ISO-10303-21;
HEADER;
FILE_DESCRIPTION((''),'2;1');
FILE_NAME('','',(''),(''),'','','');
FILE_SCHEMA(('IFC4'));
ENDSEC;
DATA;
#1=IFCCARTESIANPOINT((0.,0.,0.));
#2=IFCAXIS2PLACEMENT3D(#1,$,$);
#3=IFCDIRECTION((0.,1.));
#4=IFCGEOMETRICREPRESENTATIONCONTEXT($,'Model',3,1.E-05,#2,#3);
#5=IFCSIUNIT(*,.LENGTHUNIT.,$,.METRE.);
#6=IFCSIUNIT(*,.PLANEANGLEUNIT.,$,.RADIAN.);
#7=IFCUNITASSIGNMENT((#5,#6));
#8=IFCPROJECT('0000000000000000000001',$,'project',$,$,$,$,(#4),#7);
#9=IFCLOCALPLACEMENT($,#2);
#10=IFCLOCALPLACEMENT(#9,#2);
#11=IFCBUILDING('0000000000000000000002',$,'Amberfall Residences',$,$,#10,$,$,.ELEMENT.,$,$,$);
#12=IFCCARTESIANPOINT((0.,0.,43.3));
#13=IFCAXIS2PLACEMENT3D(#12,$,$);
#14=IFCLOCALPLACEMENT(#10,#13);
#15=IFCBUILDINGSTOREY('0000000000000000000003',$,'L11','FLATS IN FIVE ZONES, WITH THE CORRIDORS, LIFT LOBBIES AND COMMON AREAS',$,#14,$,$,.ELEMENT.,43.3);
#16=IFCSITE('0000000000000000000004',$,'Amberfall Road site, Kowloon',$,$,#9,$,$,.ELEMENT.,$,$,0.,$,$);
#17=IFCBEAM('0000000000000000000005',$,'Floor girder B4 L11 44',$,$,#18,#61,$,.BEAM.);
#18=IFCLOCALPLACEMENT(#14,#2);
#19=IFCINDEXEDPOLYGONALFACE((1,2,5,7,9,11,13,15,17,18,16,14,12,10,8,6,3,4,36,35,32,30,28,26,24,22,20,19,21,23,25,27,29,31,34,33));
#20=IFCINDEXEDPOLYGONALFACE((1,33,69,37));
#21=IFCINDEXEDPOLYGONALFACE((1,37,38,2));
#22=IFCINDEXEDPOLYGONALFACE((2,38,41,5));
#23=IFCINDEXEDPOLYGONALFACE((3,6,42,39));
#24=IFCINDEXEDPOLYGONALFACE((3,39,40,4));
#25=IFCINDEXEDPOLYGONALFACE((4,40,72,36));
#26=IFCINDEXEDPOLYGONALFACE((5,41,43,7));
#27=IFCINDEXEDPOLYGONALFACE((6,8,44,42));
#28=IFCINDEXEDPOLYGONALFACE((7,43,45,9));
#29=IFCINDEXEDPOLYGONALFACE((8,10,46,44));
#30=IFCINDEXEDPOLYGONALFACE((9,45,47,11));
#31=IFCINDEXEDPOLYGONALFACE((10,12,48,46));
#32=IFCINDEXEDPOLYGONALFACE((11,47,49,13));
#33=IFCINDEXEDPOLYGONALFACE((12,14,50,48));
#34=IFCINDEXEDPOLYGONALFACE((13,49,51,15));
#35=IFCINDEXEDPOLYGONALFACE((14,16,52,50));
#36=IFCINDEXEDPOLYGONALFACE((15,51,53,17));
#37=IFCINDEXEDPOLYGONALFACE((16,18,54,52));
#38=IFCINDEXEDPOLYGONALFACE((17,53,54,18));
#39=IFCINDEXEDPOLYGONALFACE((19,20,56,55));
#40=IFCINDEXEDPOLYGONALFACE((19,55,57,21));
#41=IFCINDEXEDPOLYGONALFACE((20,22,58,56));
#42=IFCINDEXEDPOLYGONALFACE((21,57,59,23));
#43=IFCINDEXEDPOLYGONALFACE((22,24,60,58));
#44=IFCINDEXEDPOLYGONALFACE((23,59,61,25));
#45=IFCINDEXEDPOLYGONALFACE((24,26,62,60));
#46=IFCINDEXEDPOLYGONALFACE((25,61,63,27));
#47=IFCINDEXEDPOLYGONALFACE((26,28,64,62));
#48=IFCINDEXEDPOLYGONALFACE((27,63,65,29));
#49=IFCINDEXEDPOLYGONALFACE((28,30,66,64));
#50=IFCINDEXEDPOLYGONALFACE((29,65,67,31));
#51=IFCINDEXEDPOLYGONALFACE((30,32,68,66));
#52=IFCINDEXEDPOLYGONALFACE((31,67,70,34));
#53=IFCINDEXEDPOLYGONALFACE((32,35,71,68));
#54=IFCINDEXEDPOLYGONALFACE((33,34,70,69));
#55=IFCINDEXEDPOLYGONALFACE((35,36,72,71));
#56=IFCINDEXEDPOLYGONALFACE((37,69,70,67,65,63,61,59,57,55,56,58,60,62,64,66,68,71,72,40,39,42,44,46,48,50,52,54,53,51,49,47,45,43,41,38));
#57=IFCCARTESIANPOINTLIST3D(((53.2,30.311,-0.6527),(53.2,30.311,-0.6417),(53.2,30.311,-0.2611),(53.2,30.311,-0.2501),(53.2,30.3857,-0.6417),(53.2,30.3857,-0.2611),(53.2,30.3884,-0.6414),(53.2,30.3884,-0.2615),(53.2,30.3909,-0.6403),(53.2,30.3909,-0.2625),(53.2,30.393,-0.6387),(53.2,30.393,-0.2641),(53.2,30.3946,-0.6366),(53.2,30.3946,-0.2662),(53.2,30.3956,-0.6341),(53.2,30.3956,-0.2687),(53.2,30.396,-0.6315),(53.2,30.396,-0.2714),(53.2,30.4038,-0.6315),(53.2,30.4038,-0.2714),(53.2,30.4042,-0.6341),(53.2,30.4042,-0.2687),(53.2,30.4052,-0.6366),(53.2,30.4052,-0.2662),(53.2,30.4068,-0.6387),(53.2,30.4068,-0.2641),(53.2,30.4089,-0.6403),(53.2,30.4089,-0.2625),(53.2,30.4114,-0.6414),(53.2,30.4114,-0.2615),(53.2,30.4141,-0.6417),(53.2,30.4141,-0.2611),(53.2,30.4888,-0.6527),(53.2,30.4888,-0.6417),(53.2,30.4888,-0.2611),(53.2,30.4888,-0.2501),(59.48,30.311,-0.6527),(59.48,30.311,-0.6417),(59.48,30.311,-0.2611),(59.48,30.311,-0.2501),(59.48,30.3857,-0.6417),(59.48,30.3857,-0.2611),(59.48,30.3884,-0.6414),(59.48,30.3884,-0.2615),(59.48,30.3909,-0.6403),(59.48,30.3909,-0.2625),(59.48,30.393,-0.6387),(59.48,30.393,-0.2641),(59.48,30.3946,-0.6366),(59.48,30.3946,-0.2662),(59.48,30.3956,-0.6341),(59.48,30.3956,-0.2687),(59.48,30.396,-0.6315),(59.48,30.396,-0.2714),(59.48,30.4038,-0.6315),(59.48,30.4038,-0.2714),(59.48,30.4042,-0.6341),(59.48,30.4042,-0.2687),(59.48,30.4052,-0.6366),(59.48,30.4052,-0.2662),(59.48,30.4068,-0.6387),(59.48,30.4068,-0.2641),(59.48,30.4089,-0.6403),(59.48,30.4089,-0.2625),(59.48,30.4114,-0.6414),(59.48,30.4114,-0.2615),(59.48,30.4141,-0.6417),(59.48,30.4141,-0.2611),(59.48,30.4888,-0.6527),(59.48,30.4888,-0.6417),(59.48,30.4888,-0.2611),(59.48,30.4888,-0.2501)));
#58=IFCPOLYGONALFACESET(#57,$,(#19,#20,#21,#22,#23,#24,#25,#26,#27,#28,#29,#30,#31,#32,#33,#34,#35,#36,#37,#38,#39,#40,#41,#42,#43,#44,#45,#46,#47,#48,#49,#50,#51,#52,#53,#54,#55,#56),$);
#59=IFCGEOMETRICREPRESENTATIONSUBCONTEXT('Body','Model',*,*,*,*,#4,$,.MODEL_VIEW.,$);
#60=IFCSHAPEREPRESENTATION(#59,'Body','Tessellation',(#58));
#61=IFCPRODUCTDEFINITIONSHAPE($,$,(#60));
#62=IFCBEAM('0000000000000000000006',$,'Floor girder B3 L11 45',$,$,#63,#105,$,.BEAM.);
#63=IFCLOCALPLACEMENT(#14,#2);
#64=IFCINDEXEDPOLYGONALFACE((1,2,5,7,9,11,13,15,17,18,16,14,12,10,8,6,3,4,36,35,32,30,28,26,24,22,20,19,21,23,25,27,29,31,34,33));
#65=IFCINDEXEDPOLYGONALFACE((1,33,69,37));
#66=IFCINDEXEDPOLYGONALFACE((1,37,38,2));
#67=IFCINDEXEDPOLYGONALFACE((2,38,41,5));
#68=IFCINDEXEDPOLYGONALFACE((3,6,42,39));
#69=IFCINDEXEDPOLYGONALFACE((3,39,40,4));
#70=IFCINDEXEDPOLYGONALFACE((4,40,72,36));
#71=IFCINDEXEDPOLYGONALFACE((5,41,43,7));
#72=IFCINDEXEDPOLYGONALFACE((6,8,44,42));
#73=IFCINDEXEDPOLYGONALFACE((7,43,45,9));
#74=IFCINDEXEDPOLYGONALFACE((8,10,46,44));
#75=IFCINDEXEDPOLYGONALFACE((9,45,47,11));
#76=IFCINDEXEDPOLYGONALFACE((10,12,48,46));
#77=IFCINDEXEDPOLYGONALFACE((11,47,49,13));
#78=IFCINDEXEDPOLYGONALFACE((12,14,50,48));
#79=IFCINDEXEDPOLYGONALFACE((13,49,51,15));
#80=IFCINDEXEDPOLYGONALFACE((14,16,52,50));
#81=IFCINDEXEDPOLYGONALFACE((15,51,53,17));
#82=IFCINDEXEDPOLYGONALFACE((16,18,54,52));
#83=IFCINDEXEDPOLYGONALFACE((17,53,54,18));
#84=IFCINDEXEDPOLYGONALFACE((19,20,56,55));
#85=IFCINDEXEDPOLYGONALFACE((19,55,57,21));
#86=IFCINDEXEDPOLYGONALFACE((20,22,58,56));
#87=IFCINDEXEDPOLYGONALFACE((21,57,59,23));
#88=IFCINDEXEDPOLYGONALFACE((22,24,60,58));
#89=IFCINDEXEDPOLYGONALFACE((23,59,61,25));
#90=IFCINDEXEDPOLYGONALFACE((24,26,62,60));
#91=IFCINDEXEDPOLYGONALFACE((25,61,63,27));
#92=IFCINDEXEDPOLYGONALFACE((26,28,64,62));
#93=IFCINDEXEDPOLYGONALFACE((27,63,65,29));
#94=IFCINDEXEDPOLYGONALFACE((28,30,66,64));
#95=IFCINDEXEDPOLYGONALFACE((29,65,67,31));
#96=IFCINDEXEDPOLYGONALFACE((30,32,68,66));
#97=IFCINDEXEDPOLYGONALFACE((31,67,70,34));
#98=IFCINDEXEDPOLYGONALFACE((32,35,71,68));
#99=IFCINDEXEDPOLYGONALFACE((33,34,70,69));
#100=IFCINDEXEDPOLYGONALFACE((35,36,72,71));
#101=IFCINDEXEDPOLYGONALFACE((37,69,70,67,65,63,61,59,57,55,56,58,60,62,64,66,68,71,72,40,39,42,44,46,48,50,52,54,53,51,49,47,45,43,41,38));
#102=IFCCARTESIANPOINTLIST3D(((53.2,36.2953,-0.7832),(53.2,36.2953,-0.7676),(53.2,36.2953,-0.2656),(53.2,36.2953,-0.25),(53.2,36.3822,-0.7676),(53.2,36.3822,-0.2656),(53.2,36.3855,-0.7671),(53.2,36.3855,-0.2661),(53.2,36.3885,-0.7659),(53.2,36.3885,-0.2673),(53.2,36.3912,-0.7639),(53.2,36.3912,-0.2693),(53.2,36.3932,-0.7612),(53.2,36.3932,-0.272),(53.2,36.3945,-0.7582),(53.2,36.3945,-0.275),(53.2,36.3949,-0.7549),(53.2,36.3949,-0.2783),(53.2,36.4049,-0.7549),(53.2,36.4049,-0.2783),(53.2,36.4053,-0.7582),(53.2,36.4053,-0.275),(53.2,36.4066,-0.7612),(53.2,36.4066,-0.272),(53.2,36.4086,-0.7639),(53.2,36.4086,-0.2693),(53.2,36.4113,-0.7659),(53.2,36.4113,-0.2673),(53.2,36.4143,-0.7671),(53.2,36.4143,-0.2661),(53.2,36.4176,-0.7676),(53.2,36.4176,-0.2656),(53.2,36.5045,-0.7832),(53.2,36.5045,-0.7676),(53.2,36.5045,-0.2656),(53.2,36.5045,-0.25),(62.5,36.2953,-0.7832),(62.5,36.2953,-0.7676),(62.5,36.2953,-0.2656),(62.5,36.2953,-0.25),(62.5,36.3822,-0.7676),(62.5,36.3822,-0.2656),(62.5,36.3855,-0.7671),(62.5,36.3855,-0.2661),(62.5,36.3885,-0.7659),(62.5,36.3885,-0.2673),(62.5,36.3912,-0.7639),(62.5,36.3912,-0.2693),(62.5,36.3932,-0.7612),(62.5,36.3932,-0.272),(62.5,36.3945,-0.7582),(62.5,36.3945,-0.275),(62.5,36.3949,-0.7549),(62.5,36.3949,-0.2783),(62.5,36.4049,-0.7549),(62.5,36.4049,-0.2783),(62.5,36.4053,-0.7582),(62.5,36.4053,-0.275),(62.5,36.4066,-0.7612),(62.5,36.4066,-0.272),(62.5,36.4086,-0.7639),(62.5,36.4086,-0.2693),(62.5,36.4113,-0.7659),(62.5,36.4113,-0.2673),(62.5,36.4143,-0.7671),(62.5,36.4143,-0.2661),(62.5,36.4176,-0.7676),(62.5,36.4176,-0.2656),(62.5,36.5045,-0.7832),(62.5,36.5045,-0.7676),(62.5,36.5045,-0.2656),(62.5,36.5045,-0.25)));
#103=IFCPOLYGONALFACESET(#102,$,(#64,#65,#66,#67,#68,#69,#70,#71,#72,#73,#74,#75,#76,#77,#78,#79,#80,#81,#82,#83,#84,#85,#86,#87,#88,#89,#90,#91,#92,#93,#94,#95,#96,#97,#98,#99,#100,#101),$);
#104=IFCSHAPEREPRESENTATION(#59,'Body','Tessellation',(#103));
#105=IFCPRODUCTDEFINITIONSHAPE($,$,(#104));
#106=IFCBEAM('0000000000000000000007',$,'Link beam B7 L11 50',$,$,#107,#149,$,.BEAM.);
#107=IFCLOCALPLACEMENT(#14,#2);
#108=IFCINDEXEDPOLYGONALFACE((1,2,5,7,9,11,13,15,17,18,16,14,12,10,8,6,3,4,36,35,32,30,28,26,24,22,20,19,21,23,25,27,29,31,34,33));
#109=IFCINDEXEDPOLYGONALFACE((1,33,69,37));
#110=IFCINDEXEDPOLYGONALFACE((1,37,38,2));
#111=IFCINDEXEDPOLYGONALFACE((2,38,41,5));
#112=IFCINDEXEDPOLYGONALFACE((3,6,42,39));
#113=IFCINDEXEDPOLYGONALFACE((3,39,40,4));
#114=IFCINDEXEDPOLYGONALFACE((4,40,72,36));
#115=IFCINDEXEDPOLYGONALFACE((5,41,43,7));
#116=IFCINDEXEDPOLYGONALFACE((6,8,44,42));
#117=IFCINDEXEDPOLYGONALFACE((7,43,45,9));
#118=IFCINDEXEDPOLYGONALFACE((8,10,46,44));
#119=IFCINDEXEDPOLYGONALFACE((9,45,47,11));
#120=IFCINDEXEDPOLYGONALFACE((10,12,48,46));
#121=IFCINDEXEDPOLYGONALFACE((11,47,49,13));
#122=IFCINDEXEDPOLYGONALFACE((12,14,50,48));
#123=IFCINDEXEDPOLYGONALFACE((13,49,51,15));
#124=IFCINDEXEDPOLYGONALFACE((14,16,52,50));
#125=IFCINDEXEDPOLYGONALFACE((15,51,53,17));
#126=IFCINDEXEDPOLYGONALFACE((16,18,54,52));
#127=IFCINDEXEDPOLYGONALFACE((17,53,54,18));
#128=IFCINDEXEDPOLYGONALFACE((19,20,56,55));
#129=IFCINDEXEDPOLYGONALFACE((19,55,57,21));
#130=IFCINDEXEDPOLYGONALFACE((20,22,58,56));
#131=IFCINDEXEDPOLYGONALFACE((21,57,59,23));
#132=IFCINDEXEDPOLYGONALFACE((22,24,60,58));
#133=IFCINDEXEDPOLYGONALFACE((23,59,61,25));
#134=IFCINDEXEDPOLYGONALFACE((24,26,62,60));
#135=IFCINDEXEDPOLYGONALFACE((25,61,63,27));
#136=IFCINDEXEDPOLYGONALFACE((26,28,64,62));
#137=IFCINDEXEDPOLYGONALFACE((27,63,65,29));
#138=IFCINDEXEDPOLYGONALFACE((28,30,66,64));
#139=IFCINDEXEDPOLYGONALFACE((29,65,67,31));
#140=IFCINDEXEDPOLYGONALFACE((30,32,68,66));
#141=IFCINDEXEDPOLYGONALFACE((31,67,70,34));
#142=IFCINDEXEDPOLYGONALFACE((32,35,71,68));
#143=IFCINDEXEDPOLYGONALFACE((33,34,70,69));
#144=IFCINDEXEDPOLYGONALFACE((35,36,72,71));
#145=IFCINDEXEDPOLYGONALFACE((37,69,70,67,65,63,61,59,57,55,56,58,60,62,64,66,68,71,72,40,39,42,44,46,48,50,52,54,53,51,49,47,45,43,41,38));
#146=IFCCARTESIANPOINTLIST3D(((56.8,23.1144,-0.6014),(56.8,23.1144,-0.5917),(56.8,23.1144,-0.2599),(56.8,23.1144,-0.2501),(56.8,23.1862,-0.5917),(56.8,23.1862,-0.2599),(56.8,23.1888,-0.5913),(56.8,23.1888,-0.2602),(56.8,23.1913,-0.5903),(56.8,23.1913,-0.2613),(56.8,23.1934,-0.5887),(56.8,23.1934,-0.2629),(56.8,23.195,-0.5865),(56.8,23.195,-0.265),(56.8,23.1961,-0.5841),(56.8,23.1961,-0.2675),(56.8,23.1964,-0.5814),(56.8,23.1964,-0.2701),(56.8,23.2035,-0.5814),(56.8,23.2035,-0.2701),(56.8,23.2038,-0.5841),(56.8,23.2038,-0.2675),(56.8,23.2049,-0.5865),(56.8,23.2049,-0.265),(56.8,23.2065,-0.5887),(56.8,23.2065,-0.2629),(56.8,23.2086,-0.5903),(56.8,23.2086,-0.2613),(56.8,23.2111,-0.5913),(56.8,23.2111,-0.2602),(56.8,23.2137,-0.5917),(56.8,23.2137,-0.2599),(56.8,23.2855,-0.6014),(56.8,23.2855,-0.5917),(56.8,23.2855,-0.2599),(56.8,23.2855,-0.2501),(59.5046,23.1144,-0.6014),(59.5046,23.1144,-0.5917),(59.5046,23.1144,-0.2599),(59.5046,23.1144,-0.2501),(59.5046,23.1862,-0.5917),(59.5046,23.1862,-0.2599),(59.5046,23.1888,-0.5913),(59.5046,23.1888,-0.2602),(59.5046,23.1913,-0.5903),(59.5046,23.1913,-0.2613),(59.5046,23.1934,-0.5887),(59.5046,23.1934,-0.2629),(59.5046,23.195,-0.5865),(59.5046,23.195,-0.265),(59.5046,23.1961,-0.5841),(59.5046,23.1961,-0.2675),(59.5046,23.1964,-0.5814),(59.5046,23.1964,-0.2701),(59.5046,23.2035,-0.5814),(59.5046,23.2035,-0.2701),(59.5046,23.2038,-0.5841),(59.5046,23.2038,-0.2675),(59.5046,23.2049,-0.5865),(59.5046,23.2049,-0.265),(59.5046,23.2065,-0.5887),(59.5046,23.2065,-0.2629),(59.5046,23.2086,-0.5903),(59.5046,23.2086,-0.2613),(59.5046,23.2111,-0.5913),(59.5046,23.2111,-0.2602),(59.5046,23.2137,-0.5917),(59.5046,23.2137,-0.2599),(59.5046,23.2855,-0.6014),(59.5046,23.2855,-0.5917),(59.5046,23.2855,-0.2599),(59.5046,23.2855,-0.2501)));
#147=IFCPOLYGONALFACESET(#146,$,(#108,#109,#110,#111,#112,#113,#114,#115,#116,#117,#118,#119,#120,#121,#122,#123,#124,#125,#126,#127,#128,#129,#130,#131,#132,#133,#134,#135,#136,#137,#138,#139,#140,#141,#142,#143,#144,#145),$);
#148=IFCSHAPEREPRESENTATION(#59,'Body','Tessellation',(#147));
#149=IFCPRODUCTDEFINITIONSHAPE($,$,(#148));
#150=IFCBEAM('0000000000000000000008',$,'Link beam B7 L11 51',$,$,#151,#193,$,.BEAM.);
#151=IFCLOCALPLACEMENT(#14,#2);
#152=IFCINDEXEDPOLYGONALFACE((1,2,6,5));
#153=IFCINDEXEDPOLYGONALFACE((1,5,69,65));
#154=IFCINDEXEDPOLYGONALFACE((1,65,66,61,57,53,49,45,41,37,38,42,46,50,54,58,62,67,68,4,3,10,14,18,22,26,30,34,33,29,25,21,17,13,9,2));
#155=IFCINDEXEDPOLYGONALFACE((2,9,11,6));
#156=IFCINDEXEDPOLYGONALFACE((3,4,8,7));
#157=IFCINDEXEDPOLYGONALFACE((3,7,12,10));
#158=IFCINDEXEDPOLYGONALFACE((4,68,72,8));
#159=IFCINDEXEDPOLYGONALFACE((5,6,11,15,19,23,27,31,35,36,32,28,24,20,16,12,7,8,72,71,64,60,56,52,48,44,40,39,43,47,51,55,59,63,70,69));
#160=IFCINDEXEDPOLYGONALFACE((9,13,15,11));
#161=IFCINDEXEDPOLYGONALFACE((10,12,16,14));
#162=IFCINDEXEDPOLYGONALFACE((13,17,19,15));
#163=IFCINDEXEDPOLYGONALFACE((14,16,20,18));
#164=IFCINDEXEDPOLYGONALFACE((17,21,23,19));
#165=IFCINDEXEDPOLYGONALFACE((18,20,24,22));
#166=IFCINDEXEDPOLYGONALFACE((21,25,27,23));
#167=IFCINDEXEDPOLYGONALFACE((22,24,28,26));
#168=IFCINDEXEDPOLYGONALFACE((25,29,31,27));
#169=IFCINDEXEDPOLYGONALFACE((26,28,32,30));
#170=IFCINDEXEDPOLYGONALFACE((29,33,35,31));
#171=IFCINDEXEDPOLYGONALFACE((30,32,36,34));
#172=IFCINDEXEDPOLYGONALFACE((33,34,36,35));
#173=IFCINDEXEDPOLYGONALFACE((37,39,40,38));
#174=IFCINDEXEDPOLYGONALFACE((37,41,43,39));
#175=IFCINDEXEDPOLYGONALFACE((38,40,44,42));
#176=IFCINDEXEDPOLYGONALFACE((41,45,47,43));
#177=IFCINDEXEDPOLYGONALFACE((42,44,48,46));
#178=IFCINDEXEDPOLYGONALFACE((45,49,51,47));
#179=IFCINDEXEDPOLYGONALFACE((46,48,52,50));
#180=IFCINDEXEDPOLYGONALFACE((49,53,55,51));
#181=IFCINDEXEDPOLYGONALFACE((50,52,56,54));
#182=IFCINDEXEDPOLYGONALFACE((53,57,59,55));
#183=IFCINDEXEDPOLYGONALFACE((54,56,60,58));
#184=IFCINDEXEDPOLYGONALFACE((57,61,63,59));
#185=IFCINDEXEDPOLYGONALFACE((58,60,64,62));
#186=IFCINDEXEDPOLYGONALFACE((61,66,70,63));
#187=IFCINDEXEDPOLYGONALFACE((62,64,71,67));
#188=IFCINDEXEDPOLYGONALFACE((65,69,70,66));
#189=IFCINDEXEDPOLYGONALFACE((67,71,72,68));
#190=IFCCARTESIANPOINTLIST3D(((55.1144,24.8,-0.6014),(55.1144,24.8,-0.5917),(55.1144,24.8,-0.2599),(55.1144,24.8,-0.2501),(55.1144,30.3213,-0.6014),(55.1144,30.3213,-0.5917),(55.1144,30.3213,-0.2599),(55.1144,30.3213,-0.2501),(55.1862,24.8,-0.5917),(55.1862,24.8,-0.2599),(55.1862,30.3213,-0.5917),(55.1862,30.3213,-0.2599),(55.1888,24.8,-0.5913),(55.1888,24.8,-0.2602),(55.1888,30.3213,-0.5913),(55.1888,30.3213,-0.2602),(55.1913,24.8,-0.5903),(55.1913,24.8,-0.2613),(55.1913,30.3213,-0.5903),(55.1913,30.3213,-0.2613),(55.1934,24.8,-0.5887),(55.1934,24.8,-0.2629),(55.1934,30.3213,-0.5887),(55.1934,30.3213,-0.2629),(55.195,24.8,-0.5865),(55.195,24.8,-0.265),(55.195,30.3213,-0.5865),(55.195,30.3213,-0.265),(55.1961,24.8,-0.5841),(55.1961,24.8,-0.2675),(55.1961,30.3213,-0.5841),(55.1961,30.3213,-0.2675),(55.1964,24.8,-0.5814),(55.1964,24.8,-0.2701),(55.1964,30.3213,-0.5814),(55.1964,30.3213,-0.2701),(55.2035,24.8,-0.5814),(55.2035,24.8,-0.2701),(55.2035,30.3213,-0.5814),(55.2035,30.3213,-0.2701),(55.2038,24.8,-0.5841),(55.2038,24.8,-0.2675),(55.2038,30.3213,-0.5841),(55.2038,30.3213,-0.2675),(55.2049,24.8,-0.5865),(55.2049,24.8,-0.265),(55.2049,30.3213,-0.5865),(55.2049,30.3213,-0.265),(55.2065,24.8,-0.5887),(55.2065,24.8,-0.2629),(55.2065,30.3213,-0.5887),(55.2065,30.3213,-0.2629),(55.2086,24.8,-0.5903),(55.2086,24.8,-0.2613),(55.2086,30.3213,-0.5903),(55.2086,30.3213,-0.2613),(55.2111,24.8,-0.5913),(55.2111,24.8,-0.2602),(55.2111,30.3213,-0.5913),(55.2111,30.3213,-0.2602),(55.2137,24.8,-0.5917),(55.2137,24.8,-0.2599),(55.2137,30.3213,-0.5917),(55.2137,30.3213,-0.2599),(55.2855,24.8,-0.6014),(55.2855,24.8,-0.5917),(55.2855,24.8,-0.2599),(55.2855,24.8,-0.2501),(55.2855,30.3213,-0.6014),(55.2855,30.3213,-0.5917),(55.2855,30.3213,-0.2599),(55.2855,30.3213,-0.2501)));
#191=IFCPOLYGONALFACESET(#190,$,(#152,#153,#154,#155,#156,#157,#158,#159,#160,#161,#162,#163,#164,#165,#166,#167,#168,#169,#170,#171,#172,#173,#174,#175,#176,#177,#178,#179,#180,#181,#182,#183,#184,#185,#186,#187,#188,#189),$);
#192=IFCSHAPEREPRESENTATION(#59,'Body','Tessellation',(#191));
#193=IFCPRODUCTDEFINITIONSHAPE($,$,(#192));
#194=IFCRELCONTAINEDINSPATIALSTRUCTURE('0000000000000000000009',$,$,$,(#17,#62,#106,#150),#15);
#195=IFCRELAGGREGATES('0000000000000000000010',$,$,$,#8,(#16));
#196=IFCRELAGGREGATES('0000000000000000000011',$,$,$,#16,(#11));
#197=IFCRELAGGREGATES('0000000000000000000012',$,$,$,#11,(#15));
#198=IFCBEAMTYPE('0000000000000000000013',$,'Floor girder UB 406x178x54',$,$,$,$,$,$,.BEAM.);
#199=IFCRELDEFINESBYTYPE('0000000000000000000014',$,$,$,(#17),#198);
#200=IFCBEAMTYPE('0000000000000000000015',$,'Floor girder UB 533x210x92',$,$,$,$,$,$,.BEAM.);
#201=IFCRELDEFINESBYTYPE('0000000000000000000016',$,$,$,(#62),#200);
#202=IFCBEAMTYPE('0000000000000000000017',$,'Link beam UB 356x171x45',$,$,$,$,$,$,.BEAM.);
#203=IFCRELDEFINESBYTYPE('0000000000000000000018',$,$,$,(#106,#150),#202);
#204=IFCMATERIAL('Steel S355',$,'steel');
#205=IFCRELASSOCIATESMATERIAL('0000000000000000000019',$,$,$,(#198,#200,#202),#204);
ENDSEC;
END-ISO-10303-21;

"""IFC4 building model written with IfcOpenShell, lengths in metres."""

from ifc_helpers import new_model, si_unit, direction, frame, origin, origin_2d, place, context, subcontext, project, spatial, i_section, extrude, material, material_profile, profile_set, type_object, element, save


model = new_model("IFC4")

# Units and contexts
model_context = context("Model", 3, precision=1e-05, world=origin(), true_north=direction((0.0, 1.0)))
body_context = subcontext(model_context, "Body", "Model", "MODEL_VIEW")
ifc_project = project(units=[si_unit("LENGTHUNIT", "METRE"), si_unit("PLANEANGLEUNIT", "RADIAN")], contexts=[model_context])

# Site, building, storey
site_placement = place(None, origin())
site = spatial("IfcSite", under=ifc_project, at=site_placement, Name="Amberfall Road site, Kowloon", CompositionType="ELEMENT", RefElevation=0.0)
building_placement = place(site_placement, origin())
building = spatial("IfcBuilding", under=site, at=building_placement, Name="Amberfall Residences", CompositionType="ELEMENT")
storey_placement = place(building_placement, frame((0.0, 0.0, 43.3)))
storey = spatial("IfcBuildingStorey", under=building, at=storey_placement, Name="L11", Description="FLATS IN FIVE ZONES, WITH THE CORRIDORS, LIFT LOBBIES AND COMMON AREAS", CompositionType="ELEMENT", Elevation=43.3)

# Beams
ifc_material_1 = material(Name="Steel S355", Category="steel")
ifc_material_profile_1 = material_profile(ifc_material_1, i_section(OverallWidth=0.1777, OverallDepth=0.4026, WebThickness=0.0078, FlangeThickness=0.011, FilletRadius=0.0103, at=origin_2d()), Name="UB 406x178x54")
ifc_profile_set_1 = profile_set([ifc_material_profile_1], Name="Steel S355")
beam_type_1 = type_object("IfcBeamType", Name="Floor girder UB 406x178x54", PredefinedType="BEAM", material=ifc_profile_set_1)
beam_1_placement = place(storey_placement, frame((53.2, 30.3999, -0.4514), z_axis=(1.0, 0.0, 0.0), x_axis=(0.0, 1.0, 0.0)))
element("IfcBeam", 1, at=beam_1_placement, inside=storey, type_object=beam_type_1, Name="Floor girder B4 L11 44", PredefinedType="BEAM", context=body_context, shape_type="SweptSolid", body=[
    extrude(i_section(OverallWidth=0.1777, OverallDepth=0.4026, WebThickness=0.0078, FlangeThickness=0.011, FilletRadius=0.0103, at=origin_2d()), origin(), (0.0, 0.0, 1.0), 6.28),
])
ifc_material_profile_2 = material_profile(ifc_material_1, i_section(OverallWidth=0.2092, OverallDepth=0.5332, WebThickness=0.01, FlangeThickness=0.0156, FilletRadius=0.0127, at=origin_2d()), Name="UB 533x210x92")
ifc_profile_set_2 = profile_set([ifc_material_profile_2], Name="Steel S355")
beam_type_2 = type_object("IfcBeamType", Name="Floor girder UB 533x210x92", PredefinedType="BEAM", material=ifc_profile_set_2)
beam_2_placement = place(storey_placement, frame((53.2, 36.3999, -0.5166), z_axis=(1.0, 0.0, 0.0), x_axis=(0.0, 1.0, 0.0)))
element("IfcBeam", 2, at=beam_2_placement, inside=storey, type_object=beam_type_2, Name="Floor girder B3 L11 45", PredefinedType="BEAM", context=body_context, shape_type="SweptSolid", body=[
    extrude(i_section(OverallWidth=0.2092, OverallDepth=0.5332, WebThickness=0.01, FlangeThickness=0.0156, FilletRadius=0.0127, at=origin_2d()), origin(), (0.0, 0.0, 1.0), 9.3),
])
ifc_material_profile_3 = material_profile(ifc_material_1, i_section(OverallWidth=0.1711, OverallDepth=0.3513, WebThickness=0.0071, FlangeThickness=0.0098, FilletRadius=0.0103, at=origin_2d()), Name="UB 356x171x45")
ifc_profile_set_3 = profile_set([ifc_material_profile_3], Name="Steel S355")
beam_type_3 = type_object("IfcBeamType", Name="Link beam UB 356x171x45", PredefinedType="BEAM", material=ifc_profile_set_3)
beam_3_placement = place(storey_placement, frame((56.8, 23.2, -0.4258), z_axis=(1.0, 0.0, 0.0), x_axis=(0.0, 1.0, 0.0)))
element("IfcBeam", 3, at=beam_3_placement, inside=storey, type_object=beam_type_3, Name="Link beam B7 L11 50", PredefinedType="BEAM", context=body_context, shape_type="SweptSolid", body=[
    extrude(i_section(OverallWidth=0.1711, OverallDepth=0.3513, WebThickness=0.0071, FlangeThickness=0.0098, FilletRadius=0.0103, at=origin_2d()), origin(), (0.0, 0.0, 1.0), 2.7046),
])
beam_4_placement = place(storey_placement, frame((55.2, 24.8, -0.4258), z_axis=(0.0, 1.0, 0.0), x_axis=(-1.0, 0.0, 0.0)))
element("IfcBeam", 4, at=beam_4_placement, inside=storey, type_object=beam_type_3, Name="Link beam B7 L11 51", PredefinedType="BEAM", context=body_context, shape_type="SweptSolid", body=[
    extrude(i_section(OverallWidth=0.1711, OverallDepth=0.3513, WebThickness=0.0071, FlangeThickness=0.0098, FilletRadius=0.0103, at=origin_2d()), origin(), (0.0, 0.0, 1.0), 5.5212),
])

save(model, "model.ifc")
